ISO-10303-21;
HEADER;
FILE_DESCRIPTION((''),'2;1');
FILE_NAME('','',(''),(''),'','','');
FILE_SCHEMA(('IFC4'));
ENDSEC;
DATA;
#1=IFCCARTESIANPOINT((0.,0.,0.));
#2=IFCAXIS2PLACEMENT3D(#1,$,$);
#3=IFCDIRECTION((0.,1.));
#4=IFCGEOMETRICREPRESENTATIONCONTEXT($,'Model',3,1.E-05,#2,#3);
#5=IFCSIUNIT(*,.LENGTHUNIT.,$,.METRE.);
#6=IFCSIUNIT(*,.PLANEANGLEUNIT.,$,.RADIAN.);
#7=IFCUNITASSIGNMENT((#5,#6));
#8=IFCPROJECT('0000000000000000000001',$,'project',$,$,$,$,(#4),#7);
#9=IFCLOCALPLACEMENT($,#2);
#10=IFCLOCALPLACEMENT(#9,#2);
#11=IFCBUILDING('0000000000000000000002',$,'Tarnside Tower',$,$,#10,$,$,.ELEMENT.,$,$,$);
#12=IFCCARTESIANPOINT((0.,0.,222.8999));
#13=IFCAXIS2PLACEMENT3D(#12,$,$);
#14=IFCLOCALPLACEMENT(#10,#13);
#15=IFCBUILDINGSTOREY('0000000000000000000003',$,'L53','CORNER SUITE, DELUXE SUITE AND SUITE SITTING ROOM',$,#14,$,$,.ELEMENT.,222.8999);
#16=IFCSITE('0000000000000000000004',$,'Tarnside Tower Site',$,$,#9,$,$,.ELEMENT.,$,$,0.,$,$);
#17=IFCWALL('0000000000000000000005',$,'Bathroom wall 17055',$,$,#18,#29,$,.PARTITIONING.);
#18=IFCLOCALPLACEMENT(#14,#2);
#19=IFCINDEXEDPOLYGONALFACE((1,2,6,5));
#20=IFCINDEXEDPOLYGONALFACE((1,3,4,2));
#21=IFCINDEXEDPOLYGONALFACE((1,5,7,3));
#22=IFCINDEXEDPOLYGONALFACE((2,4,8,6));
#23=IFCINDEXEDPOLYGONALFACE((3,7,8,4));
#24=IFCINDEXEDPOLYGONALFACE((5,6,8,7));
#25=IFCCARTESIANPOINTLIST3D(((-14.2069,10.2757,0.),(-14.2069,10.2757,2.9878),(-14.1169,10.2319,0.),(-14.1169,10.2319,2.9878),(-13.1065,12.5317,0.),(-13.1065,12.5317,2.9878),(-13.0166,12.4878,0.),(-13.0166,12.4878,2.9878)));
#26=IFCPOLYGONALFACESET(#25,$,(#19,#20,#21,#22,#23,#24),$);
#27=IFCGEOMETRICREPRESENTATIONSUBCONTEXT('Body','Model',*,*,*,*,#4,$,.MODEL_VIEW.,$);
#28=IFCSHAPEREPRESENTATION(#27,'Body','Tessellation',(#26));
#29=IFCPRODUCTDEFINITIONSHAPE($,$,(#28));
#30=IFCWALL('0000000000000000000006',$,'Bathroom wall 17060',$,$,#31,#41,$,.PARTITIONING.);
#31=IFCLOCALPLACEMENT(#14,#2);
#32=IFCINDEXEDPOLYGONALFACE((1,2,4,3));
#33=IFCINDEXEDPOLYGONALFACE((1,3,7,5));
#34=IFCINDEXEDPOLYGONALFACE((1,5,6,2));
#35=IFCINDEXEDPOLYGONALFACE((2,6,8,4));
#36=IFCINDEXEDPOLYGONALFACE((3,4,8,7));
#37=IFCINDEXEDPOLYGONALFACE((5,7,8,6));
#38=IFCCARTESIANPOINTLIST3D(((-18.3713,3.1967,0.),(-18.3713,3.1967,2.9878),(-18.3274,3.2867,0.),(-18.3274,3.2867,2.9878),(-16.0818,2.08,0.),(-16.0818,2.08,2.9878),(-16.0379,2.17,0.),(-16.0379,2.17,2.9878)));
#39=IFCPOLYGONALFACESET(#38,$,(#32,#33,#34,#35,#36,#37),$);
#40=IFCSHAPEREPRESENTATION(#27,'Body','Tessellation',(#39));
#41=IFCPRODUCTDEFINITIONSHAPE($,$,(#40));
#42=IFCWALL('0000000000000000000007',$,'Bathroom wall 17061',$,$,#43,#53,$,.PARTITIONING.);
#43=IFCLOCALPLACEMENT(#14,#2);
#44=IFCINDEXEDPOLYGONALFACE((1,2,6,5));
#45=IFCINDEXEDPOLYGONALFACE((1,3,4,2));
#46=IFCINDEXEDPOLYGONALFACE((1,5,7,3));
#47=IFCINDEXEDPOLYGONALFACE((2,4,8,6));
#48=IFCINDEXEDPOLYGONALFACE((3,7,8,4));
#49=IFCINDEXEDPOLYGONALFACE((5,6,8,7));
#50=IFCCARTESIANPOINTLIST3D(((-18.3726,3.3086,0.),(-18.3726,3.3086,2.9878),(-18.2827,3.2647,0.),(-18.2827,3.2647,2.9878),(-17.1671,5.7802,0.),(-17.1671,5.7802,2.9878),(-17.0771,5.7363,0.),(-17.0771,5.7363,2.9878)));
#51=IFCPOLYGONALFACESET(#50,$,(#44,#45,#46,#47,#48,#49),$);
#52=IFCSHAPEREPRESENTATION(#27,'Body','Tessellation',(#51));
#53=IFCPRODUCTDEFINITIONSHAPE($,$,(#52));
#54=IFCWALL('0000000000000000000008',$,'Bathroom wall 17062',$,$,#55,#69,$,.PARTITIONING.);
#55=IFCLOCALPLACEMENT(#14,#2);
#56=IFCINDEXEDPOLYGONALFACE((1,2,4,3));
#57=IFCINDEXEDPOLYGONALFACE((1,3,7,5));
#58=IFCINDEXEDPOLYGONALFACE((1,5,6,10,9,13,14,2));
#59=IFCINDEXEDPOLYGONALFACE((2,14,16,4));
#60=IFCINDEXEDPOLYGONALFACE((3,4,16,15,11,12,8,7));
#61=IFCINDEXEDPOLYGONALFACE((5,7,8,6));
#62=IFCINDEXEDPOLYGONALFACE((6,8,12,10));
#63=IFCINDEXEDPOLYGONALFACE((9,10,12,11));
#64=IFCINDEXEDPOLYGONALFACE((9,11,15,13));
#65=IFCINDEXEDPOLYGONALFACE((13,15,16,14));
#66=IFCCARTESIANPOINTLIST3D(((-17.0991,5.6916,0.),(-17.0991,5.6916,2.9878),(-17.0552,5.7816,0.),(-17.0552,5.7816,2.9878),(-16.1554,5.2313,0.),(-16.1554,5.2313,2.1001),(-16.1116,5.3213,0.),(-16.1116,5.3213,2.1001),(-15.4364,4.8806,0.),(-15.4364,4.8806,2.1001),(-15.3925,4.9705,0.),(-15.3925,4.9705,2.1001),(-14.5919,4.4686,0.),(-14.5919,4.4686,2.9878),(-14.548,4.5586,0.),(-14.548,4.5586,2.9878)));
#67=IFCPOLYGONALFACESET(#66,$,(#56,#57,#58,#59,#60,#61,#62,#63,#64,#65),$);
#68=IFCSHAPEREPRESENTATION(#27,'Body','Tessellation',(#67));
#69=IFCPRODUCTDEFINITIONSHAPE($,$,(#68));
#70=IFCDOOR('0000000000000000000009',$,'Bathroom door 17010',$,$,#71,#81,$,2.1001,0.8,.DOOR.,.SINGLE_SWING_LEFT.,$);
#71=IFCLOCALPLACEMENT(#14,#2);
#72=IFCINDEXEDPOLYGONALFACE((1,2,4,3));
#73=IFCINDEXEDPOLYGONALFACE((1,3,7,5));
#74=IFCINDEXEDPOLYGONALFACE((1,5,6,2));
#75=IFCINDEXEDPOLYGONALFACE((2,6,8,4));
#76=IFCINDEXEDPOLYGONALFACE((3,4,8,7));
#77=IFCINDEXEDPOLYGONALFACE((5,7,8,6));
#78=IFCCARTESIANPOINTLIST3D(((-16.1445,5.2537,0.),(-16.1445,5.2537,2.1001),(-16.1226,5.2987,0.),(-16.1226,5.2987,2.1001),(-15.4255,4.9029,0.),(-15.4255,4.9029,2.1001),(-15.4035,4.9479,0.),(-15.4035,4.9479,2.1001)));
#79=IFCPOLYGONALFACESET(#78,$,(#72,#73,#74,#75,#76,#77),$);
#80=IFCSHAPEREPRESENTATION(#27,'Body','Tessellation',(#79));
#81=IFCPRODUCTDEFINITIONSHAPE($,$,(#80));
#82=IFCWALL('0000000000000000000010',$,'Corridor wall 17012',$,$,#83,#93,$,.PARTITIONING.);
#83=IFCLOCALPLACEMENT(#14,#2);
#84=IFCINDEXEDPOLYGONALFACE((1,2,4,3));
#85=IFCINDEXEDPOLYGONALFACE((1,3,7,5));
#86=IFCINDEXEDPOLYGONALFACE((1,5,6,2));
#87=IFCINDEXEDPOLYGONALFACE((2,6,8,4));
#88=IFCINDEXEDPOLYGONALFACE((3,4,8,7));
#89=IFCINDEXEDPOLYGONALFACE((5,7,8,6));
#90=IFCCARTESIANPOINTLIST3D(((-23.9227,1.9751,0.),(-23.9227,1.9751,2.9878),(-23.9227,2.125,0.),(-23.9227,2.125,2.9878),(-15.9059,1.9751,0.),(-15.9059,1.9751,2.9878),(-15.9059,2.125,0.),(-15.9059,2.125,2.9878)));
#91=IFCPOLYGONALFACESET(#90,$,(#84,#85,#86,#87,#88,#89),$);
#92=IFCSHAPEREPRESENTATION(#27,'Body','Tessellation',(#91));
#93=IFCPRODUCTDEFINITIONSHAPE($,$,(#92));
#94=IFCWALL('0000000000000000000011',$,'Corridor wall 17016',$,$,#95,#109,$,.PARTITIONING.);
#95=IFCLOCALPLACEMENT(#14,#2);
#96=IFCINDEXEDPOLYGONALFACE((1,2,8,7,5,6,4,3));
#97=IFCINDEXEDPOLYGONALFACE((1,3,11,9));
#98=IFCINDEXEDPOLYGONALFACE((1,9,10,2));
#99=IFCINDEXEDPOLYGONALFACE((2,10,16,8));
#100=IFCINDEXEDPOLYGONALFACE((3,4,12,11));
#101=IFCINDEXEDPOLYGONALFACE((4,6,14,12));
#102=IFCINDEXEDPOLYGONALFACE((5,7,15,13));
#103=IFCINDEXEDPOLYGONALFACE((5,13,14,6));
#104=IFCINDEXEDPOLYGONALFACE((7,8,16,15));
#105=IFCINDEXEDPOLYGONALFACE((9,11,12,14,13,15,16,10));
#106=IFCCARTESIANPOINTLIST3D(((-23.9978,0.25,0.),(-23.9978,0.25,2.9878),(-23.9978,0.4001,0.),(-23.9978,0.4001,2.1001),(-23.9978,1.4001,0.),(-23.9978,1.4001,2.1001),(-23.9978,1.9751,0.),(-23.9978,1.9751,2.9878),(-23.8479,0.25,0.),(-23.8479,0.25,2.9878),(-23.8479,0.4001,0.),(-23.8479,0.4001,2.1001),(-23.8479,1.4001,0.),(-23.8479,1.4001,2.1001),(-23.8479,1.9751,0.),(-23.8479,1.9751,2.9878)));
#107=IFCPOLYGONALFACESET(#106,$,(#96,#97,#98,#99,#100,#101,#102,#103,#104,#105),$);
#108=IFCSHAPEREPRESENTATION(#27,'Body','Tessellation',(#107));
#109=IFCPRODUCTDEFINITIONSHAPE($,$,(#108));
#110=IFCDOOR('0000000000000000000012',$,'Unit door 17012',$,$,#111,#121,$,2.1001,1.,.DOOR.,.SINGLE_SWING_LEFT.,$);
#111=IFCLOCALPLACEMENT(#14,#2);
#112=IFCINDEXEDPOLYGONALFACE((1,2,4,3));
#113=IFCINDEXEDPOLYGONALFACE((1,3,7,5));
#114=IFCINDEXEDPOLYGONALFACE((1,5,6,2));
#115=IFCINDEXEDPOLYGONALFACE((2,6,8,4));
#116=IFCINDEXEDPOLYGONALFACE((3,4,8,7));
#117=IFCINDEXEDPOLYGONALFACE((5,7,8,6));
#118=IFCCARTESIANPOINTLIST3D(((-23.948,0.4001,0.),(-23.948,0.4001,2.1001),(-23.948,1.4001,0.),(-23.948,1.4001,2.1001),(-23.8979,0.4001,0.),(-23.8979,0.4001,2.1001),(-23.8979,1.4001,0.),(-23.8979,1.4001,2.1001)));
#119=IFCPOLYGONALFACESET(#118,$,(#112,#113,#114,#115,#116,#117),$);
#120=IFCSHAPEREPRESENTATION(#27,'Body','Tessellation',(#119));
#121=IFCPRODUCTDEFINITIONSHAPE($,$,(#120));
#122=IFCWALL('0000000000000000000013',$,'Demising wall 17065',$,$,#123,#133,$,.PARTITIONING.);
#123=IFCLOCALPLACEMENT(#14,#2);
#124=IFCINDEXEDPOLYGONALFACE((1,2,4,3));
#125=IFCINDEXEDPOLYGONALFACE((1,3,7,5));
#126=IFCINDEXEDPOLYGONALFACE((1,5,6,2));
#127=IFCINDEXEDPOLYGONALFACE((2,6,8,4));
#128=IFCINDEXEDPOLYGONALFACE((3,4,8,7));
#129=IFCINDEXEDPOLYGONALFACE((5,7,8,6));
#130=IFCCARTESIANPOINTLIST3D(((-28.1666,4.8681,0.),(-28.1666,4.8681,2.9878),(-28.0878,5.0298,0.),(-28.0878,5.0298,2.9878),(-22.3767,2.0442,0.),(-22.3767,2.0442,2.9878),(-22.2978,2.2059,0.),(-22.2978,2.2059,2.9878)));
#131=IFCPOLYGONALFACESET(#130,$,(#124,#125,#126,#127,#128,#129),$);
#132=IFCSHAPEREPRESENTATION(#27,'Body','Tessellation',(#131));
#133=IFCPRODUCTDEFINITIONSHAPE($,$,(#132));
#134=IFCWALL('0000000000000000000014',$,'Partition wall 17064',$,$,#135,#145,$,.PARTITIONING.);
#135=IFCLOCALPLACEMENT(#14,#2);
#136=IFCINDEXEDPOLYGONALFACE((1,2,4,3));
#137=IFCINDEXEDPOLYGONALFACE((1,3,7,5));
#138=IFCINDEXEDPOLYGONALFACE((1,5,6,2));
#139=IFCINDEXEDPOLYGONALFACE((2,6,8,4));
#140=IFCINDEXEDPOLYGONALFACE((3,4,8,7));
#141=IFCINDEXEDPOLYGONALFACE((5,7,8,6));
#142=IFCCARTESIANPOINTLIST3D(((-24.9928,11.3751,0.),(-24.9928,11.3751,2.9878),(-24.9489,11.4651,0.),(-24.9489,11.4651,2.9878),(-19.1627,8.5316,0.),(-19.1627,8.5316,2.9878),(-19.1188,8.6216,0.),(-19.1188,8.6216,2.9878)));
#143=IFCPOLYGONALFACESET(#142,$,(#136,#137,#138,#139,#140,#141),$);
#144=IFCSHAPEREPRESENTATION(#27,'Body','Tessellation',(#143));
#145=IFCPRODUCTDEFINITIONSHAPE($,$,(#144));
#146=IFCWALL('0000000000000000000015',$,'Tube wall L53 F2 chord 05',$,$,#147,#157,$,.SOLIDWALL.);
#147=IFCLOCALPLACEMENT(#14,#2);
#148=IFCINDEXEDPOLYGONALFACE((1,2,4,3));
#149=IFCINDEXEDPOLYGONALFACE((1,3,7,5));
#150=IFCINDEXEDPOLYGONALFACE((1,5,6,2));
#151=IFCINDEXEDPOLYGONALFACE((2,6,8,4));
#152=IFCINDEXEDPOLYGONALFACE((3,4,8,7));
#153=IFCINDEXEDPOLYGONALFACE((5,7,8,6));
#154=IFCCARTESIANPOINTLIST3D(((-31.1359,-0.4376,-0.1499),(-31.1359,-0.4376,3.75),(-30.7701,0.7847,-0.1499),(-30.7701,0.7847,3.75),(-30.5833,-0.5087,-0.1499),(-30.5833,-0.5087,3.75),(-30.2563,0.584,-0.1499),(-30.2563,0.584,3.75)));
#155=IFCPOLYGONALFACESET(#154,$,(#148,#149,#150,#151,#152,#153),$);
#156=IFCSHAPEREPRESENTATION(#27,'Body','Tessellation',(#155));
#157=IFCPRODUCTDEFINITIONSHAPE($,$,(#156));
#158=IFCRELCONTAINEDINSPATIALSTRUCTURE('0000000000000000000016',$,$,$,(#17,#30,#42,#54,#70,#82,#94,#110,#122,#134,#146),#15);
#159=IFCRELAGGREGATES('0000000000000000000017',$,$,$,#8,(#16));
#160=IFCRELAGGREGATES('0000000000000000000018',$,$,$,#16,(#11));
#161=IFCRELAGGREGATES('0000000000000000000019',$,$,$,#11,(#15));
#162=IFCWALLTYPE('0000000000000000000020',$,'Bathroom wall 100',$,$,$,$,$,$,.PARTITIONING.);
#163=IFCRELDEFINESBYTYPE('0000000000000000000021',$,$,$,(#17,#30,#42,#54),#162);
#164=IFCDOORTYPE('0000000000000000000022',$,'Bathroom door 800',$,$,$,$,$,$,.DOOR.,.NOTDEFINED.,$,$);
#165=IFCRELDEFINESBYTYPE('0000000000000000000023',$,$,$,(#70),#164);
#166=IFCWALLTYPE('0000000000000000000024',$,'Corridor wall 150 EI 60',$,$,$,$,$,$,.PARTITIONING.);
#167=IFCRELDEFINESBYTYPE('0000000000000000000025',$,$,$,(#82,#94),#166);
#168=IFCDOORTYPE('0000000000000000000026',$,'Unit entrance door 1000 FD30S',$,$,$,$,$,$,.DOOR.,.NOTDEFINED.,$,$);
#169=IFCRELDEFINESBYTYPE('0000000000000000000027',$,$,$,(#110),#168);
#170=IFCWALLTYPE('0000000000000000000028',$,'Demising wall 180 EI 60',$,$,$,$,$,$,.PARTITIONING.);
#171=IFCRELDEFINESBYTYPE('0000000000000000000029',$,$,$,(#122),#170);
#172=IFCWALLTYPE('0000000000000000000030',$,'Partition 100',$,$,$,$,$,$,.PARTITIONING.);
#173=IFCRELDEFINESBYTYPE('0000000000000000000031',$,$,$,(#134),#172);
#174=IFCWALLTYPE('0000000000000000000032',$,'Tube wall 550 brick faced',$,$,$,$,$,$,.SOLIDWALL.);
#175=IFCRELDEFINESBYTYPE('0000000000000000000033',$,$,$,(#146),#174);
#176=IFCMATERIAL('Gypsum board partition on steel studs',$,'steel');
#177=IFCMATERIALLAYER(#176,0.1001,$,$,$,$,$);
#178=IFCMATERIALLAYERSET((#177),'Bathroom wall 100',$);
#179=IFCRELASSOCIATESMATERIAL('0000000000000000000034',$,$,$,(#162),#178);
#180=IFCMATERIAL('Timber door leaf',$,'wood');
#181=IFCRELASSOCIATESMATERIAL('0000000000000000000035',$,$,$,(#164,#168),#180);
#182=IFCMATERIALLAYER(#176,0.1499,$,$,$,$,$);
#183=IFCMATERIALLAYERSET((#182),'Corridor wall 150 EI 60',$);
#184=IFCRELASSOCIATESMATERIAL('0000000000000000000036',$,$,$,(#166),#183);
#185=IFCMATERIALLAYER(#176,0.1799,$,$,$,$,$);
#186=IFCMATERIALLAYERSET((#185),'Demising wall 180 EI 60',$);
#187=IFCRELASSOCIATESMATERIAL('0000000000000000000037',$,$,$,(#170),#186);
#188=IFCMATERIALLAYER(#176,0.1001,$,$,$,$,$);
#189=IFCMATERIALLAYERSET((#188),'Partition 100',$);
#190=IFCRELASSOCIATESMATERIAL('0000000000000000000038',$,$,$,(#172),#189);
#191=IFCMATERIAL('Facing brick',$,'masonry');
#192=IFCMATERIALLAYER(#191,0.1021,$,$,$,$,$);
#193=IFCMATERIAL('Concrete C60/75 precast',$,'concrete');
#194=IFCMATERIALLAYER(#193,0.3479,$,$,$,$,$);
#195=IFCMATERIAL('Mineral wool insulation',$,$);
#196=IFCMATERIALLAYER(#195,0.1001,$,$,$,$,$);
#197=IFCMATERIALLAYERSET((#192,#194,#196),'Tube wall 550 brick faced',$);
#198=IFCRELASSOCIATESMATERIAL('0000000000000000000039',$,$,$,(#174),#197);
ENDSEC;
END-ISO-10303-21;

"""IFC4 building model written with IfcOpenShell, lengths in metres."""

from ifc_helpers import new_model, si_unit, direction, frame, frame_2d, origin, place, context, subcontext, project, spatial, polyline, rectangle, outline, extrude, material, layer, layer_set, type_object, element, fill, save


model = new_model("IFC4")

# Units and contexts
model_context = context("Model", 3, precision=1e-05, world=origin(), true_north=direction((0.0, 1.0)))
body_context = subcontext(model_context, "Body", "Model", "MODEL_VIEW")
ifc_project = project(units=[si_unit("LENGTHUNIT", "METRE"), si_unit("PLANEANGLEUNIT", "RADIAN")], contexts=[model_context])

# Site, building, storey
site_placement = place(None, origin())
site = spatial("IfcSite", under=ifc_project, at=site_placement, Name="Tarnside Tower Site", CompositionType="ELEMENT", RefElevation=0.0)
building_placement = place(site_placement, origin())
building = spatial("IfcBuilding", under=site, at=building_placement, Name="Tarnside Tower", CompositionType="ELEMENT")
storey_placement = place(building_placement, frame((0.0, 0.0, 222.8999)))
storey = spatial("IfcBuildingStorey", under=building, at=storey_placement, Name="L53", Description="CORNER SUITE, DELUXE SUITE AND SUITE SITTING ROOM", CompositionType="ELEMENT", Elevation=222.8999)

# Walls
ifc_material_1 = material(Name="Gypsum board partition on steel studs", Category="steel")
ifc_layer_1 = layer(ifc_material_1, 0.1001)
ifc_layer_set_1 = layer_set([ifc_layer_1], Name="Bathroom wall 100")
wall_type_1 = type_object("IfcWallType", Name="Bathroom wall 100", PredefinedType="PARTITIONING", material=ifc_layer_set_1)
wall_1_placement = place(storey_placement, frame((-14.1619, 10.2539, 0.0), z_axis=(0.0, 0.0, 1.0), x_axis=(0.438399, 0.898781, 0.0)))
element("IfcWall", 1, at=wall_1_placement, inside=storey, type_object=wall_type_1, Name="Bathroom wall 17055", PredefinedType="PARTITIONING", context=body_context, shape_type="SweptSolid", body=[
    extrude(rectangle(XDim=2.51, YDim=0.1001, at=frame_2d((1.2549, 0.0))), origin(), (0.0, 0.0, 1.0), 2.9878),
])
wall_2_placement = place(storey_placement, frame((-16.0598, 2.125, 0.0), z_axis=(0.0, 0.0, 1.0), x_axis=(-0.898792, 0.438375, 0.0)))
element("IfcWall", 2, at=wall_2_placement, inside=storey, type_object=wall_type_1, Name="Bathroom wall 17060", PredefinedType="PARTITIONING", context=body_context, shape_type="SweptSolid", body=[
    extrude(rectangle(XDim=2.5474, YDim=0.1001, at=frame_2d((1.2737, 0.0))), origin(), (0.0, 0.0, 1.0), 2.9878),
])
wall_3_placement = place(storey_placement, frame((-18.3276, 3.2866, 0.0), z_axis=(0.0, 0.0, 1.0), x_axis=(0.438385, 0.898787, 0.0)))
element("IfcWall", 3, at=wall_3_placement, inside=storey, type_object=wall_type_1, Name="Bathroom wall 17061", PredefinedType="PARTITIONING", context=body_context, shape_type="SweptSolid", body=[
    extrude(rectangle(XDim=2.75, YDim=0.1001, at=frame_2d((1.375, 0.0))), origin(), (0.0, 0.0, 1.0), 2.9878),
])

# Wall, opening, door
wall_4_placement = place(storey_placement, frame((-17.0771, 5.7366, 0.0), z_axis=(0.0, 0.0, 1.0), x_axis=(0.898778, -0.438405, 0.0)))
wall_4 = element("IfcWall", 4, at=wall_4_placement, inside=storey, type_object=wall_type_1, Name="Bathroom wall 17062", PredefinedType="PARTITIONING", context=body_context, shape_type="SweptSolid", body=[
    extrude(rectangle(XDim=2.7896, YDim=0.1001, at=frame_2d((1.3948, 0.0))), origin(), (0.0, 0.0, 1.0), 2.9878),
])
opening_1_placement = place(wall_4_placement, frame((1.05, 0.0, 0.0)))
opening_1 = element("IfcOpeningElement", 5, at=opening_1_placement, cuts=wall_4, PredefinedType="OPENING", context=body_context, shape_type="SweptSolid", body=[
    extrude(rectangle(XDim=0.8, YDim=2.1001, at=frame_2d((0.3999, 1.05))), frame((0.0, 0.0601, 0.0), z_axis=(0.0, -1.0, 0.0), x_axis=(1.0, 0.0, 0.0)), (0.0, 0.0, 1.0), 0.1201),
])
ifc_material_2 = material(Name="Timber door leaf", Category="wood")
door_type_1 = type_object("IfcDoorType", Name="Bathroom door 800", OperationType="NOTDEFINED", PredefinedType="DOOR", material=ifc_material_2)
door_1_placement = place(opening_1_placement, origin())
door_1 = element("IfcDoor", 6, at=door_1_placement, inside=storey, type_object=door_type_1, Name="Bathroom door 17010", OperationType="SINGLE_SWING_LEFT", OverallHeight=2.1001, OverallWidth=0.8, PredefinedType="DOOR", context=body_context, shape_type="SweptSolid", body=[
    extrude(rectangle(XDim=0.8, YDim=2.1001, at=frame_2d((0.3999, 1.05))), frame((0.0, 0.0249, 0.0), z_axis=(0.0, -1.0, 0.0), x_axis=(1.0, 0.0, 0.0)), (0.0, 0.0, 1.0), 0.05),
])
fill(opening_1, door_1)

# Wall
ifc_layer_2 = layer(ifc_material_1, 0.1499)
ifc_layer_set_2 = layer_set([ifc_layer_2], Name="Corridor wall 150 EI 60")
wall_type_2 = type_object("IfcWallType", Name="Corridor wall 150 EI 60", PredefinedType="PARTITIONING", material=ifc_layer_set_2)
wall_5_placement = place(storey_placement, frame((-15.906, 2.05, 0.0), z_axis=(0.0, 0.0, 1.0), x_axis=(-1.0, 0.0, 0.0)))
element("IfcWall", 7, at=wall_5_placement, inside=storey, type_object=wall_type_2, Name="Corridor wall 17012", PredefinedType="PARTITIONING", context=body_context, shape_type="SweptSolid", body=[
    extrude(rectangle(XDim=8.0168, YDim=0.1499, at=frame_2d((4.0083, 0.0))), origin(), (0.0, 0.0, 1.0), 2.9878),
])

# Wall, opening, door
wall_6_placement = place(storey_placement, frame((-23.9229, 1.9751, 0.0), z_axis=(0.0, 0.0, 1.0), x_axis=(0.0, -1.0, 0.0)))
wall_6 = element("IfcWall", 8, at=wall_6_placement, inside=storey, type_object=wall_type_2, Name="Corridor wall 17016", PredefinedType="PARTITIONING", context=body_context, shape_type="SweptSolid", body=[
    extrude(rectangle(XDim=1.7251, YDim=0.1499, at=frame_2d((0.8625, 0.0))), origin(), (0.0, 0.0, 1.0), 2.9878),
])
opening_2_placement = place(wall_6_placement, frame((0.575, 0.0, 0.0)))
opening_2 = element("IfcOpeningElement", 9, at=opening_2_placement, cuts=wall_6, PredefinedType="OPENING", context=body_context, shape_type="SweptSolid", body=[
    extrude(rectangle(XDim=1.0, YDim=2.1001, at=frame_2d((0.5, 1.05))), frame((0.0, 0.085, 0.0), z_axis=(0.0, -1.0, 0.0), x_axis=(1.0, 0.0, 0.0)), (0.0, 0.0, 1.0), 0.1699),
])
door_type_2 = type_object("IfcDoorType", Name="Unit entrance door 1000 FD30S", OperationType="NOTDEFINED", PredefinedType="DOOR", material=ifc_material_2)
door_2_placement = place(opening_2_placement, origin())
door_2 = element("IfcDoor", 10, at=door_2_placement, inside=storey, type_object=door_type_2, Name="Unit door 17012", OperationType="SINGLE_SWING_LEFT", OverallHeight=2.1001, OverallWidth=1.0, PredefinedType="DOOR", context=body_context, shape_type="SweptSolid", body=[
    extrude(rectangle(XDim=1.0, YDim=2.1001, at=frame_2d((0.5, 1.05))), frame((0.0, 0.0249, 0.0), z_axis=(0.0, -1.0, 0.0), x_axis=(1.0, 0.0, 0.0)), (0.0, 0.0, 1.0), 0.05),
])
fill(opening_2, door_2)

# Walls
ifc_layer_3 = layer(ifc_material_1, 0.1799)
ifc_layer_set_3 = layer_set([ifc_layer_3], Name="Demising wall 180 EI 60")
wall_type_3 = type_object("IfcWallType", Name="Demising wall 180 EI 60", PredefinedType="PARTITIONING", material=ifc_layer_set_3)
wall_7_placement = place(storey_placement, frame((-28.1272, 4.949, 0.0), z_axis=(0.0, 0.0, 1.0), x_axis=(0.898795, -0.438369, 0.0)))
element("IfcWall", 11, at=wall_7_placement, inside=storey, type_object=wall_type_3, Name="Demising wall 17065", PredefinedType="PARTITIONING", context=body_context, shape_type="SweptSolid", body=[
    extrude(rectangle(XDim=6.4419, YDim=0.1799, at=frame_2d((3.2209, 0.0))), origin(), (0.0, 0.0, 1.0), 2.9878),
])
ifc_layer_4 = layer(ifc_material_1, 0.1001)
ifc_layer_set_4 = layer_set([ifc_layer_4], Name="Partition 100")
wall_type_4 = type_object("IfcWallType", Name="Partition 100", PredefinedType="PARTITIONING", material=ifc_layer_set_4)
wall_8_placement = place(storey_placement, frame((-19.1409, 8.5767, 0.0), z_axis=(0.0, 0.0, 1.0), x_axis=(-0.898795, 0.438369, 0.0)))
element("IfcWall", 12, at=wall_8_placement, inside=storey, type_object=wall_type_4, Name="Partition wall 17064", PredefinedType="PARTITIONING", context=body_context, shape_type="SweptSolid", body=[
    extrude(rectangle(XDim=6.4866, YDim=0.1001, at=frame_2d((3.2432, 0.0))), origin(), (0.0, 0.0, 1.0), 2.9878),
])
ifc_material_3 = material(Name="Facing brick", Category="masonry")
ifc_layer_5 = layer(ifc_material_3, 0.1021)
ifc_material_4 = material(Name="Concrete C60/75 precast", Category="concrete")
ifc_layer_6 = layer(ifc_material_4, 0.3479)
ifc_material_5 = material(Name="Mineral wool insulation")
ifc_layer_7 = layer(ifc_material_5, 0.1001)
ifc_layer_set_5 = layer_set([ifc_layer_5, ifc_layer_6, ifc_layer_7], Name="Tube wall 550 brick faced")
wall_type_5 = type_object("IfcWallType", Name="Tube wall 550 brick faced", PredefinedType="SOLIDWALL", material=ifc_layer_set_5)
wall_9_placement = place(storey_placement, frame((-30.5132, 0.6843, -0.1499), z_axis=(0.0, 0.0, 1.0), x_axis=(-0.286736, -0.95801, 0.0)))
element("IfcWall", 13, at=wall_9_placement, inside=storey, type_object=wall_type_5, Name="Tube wall L53 F2 chord 05", PredefinedType="SOLIDWALL", context=body_context, shape_type="SweptSolid", body=[
    extrude(outline(polyline([(-0.0225, -0.2749), (1.2534, -0.2749), (1.1631, 0.2749), (0.0225, 0.2749), (-0.0225, -0.2749)])), origin(), (0.0, 0.0, 1.0), 3.8999),
])

save(model, "model.ifc")
